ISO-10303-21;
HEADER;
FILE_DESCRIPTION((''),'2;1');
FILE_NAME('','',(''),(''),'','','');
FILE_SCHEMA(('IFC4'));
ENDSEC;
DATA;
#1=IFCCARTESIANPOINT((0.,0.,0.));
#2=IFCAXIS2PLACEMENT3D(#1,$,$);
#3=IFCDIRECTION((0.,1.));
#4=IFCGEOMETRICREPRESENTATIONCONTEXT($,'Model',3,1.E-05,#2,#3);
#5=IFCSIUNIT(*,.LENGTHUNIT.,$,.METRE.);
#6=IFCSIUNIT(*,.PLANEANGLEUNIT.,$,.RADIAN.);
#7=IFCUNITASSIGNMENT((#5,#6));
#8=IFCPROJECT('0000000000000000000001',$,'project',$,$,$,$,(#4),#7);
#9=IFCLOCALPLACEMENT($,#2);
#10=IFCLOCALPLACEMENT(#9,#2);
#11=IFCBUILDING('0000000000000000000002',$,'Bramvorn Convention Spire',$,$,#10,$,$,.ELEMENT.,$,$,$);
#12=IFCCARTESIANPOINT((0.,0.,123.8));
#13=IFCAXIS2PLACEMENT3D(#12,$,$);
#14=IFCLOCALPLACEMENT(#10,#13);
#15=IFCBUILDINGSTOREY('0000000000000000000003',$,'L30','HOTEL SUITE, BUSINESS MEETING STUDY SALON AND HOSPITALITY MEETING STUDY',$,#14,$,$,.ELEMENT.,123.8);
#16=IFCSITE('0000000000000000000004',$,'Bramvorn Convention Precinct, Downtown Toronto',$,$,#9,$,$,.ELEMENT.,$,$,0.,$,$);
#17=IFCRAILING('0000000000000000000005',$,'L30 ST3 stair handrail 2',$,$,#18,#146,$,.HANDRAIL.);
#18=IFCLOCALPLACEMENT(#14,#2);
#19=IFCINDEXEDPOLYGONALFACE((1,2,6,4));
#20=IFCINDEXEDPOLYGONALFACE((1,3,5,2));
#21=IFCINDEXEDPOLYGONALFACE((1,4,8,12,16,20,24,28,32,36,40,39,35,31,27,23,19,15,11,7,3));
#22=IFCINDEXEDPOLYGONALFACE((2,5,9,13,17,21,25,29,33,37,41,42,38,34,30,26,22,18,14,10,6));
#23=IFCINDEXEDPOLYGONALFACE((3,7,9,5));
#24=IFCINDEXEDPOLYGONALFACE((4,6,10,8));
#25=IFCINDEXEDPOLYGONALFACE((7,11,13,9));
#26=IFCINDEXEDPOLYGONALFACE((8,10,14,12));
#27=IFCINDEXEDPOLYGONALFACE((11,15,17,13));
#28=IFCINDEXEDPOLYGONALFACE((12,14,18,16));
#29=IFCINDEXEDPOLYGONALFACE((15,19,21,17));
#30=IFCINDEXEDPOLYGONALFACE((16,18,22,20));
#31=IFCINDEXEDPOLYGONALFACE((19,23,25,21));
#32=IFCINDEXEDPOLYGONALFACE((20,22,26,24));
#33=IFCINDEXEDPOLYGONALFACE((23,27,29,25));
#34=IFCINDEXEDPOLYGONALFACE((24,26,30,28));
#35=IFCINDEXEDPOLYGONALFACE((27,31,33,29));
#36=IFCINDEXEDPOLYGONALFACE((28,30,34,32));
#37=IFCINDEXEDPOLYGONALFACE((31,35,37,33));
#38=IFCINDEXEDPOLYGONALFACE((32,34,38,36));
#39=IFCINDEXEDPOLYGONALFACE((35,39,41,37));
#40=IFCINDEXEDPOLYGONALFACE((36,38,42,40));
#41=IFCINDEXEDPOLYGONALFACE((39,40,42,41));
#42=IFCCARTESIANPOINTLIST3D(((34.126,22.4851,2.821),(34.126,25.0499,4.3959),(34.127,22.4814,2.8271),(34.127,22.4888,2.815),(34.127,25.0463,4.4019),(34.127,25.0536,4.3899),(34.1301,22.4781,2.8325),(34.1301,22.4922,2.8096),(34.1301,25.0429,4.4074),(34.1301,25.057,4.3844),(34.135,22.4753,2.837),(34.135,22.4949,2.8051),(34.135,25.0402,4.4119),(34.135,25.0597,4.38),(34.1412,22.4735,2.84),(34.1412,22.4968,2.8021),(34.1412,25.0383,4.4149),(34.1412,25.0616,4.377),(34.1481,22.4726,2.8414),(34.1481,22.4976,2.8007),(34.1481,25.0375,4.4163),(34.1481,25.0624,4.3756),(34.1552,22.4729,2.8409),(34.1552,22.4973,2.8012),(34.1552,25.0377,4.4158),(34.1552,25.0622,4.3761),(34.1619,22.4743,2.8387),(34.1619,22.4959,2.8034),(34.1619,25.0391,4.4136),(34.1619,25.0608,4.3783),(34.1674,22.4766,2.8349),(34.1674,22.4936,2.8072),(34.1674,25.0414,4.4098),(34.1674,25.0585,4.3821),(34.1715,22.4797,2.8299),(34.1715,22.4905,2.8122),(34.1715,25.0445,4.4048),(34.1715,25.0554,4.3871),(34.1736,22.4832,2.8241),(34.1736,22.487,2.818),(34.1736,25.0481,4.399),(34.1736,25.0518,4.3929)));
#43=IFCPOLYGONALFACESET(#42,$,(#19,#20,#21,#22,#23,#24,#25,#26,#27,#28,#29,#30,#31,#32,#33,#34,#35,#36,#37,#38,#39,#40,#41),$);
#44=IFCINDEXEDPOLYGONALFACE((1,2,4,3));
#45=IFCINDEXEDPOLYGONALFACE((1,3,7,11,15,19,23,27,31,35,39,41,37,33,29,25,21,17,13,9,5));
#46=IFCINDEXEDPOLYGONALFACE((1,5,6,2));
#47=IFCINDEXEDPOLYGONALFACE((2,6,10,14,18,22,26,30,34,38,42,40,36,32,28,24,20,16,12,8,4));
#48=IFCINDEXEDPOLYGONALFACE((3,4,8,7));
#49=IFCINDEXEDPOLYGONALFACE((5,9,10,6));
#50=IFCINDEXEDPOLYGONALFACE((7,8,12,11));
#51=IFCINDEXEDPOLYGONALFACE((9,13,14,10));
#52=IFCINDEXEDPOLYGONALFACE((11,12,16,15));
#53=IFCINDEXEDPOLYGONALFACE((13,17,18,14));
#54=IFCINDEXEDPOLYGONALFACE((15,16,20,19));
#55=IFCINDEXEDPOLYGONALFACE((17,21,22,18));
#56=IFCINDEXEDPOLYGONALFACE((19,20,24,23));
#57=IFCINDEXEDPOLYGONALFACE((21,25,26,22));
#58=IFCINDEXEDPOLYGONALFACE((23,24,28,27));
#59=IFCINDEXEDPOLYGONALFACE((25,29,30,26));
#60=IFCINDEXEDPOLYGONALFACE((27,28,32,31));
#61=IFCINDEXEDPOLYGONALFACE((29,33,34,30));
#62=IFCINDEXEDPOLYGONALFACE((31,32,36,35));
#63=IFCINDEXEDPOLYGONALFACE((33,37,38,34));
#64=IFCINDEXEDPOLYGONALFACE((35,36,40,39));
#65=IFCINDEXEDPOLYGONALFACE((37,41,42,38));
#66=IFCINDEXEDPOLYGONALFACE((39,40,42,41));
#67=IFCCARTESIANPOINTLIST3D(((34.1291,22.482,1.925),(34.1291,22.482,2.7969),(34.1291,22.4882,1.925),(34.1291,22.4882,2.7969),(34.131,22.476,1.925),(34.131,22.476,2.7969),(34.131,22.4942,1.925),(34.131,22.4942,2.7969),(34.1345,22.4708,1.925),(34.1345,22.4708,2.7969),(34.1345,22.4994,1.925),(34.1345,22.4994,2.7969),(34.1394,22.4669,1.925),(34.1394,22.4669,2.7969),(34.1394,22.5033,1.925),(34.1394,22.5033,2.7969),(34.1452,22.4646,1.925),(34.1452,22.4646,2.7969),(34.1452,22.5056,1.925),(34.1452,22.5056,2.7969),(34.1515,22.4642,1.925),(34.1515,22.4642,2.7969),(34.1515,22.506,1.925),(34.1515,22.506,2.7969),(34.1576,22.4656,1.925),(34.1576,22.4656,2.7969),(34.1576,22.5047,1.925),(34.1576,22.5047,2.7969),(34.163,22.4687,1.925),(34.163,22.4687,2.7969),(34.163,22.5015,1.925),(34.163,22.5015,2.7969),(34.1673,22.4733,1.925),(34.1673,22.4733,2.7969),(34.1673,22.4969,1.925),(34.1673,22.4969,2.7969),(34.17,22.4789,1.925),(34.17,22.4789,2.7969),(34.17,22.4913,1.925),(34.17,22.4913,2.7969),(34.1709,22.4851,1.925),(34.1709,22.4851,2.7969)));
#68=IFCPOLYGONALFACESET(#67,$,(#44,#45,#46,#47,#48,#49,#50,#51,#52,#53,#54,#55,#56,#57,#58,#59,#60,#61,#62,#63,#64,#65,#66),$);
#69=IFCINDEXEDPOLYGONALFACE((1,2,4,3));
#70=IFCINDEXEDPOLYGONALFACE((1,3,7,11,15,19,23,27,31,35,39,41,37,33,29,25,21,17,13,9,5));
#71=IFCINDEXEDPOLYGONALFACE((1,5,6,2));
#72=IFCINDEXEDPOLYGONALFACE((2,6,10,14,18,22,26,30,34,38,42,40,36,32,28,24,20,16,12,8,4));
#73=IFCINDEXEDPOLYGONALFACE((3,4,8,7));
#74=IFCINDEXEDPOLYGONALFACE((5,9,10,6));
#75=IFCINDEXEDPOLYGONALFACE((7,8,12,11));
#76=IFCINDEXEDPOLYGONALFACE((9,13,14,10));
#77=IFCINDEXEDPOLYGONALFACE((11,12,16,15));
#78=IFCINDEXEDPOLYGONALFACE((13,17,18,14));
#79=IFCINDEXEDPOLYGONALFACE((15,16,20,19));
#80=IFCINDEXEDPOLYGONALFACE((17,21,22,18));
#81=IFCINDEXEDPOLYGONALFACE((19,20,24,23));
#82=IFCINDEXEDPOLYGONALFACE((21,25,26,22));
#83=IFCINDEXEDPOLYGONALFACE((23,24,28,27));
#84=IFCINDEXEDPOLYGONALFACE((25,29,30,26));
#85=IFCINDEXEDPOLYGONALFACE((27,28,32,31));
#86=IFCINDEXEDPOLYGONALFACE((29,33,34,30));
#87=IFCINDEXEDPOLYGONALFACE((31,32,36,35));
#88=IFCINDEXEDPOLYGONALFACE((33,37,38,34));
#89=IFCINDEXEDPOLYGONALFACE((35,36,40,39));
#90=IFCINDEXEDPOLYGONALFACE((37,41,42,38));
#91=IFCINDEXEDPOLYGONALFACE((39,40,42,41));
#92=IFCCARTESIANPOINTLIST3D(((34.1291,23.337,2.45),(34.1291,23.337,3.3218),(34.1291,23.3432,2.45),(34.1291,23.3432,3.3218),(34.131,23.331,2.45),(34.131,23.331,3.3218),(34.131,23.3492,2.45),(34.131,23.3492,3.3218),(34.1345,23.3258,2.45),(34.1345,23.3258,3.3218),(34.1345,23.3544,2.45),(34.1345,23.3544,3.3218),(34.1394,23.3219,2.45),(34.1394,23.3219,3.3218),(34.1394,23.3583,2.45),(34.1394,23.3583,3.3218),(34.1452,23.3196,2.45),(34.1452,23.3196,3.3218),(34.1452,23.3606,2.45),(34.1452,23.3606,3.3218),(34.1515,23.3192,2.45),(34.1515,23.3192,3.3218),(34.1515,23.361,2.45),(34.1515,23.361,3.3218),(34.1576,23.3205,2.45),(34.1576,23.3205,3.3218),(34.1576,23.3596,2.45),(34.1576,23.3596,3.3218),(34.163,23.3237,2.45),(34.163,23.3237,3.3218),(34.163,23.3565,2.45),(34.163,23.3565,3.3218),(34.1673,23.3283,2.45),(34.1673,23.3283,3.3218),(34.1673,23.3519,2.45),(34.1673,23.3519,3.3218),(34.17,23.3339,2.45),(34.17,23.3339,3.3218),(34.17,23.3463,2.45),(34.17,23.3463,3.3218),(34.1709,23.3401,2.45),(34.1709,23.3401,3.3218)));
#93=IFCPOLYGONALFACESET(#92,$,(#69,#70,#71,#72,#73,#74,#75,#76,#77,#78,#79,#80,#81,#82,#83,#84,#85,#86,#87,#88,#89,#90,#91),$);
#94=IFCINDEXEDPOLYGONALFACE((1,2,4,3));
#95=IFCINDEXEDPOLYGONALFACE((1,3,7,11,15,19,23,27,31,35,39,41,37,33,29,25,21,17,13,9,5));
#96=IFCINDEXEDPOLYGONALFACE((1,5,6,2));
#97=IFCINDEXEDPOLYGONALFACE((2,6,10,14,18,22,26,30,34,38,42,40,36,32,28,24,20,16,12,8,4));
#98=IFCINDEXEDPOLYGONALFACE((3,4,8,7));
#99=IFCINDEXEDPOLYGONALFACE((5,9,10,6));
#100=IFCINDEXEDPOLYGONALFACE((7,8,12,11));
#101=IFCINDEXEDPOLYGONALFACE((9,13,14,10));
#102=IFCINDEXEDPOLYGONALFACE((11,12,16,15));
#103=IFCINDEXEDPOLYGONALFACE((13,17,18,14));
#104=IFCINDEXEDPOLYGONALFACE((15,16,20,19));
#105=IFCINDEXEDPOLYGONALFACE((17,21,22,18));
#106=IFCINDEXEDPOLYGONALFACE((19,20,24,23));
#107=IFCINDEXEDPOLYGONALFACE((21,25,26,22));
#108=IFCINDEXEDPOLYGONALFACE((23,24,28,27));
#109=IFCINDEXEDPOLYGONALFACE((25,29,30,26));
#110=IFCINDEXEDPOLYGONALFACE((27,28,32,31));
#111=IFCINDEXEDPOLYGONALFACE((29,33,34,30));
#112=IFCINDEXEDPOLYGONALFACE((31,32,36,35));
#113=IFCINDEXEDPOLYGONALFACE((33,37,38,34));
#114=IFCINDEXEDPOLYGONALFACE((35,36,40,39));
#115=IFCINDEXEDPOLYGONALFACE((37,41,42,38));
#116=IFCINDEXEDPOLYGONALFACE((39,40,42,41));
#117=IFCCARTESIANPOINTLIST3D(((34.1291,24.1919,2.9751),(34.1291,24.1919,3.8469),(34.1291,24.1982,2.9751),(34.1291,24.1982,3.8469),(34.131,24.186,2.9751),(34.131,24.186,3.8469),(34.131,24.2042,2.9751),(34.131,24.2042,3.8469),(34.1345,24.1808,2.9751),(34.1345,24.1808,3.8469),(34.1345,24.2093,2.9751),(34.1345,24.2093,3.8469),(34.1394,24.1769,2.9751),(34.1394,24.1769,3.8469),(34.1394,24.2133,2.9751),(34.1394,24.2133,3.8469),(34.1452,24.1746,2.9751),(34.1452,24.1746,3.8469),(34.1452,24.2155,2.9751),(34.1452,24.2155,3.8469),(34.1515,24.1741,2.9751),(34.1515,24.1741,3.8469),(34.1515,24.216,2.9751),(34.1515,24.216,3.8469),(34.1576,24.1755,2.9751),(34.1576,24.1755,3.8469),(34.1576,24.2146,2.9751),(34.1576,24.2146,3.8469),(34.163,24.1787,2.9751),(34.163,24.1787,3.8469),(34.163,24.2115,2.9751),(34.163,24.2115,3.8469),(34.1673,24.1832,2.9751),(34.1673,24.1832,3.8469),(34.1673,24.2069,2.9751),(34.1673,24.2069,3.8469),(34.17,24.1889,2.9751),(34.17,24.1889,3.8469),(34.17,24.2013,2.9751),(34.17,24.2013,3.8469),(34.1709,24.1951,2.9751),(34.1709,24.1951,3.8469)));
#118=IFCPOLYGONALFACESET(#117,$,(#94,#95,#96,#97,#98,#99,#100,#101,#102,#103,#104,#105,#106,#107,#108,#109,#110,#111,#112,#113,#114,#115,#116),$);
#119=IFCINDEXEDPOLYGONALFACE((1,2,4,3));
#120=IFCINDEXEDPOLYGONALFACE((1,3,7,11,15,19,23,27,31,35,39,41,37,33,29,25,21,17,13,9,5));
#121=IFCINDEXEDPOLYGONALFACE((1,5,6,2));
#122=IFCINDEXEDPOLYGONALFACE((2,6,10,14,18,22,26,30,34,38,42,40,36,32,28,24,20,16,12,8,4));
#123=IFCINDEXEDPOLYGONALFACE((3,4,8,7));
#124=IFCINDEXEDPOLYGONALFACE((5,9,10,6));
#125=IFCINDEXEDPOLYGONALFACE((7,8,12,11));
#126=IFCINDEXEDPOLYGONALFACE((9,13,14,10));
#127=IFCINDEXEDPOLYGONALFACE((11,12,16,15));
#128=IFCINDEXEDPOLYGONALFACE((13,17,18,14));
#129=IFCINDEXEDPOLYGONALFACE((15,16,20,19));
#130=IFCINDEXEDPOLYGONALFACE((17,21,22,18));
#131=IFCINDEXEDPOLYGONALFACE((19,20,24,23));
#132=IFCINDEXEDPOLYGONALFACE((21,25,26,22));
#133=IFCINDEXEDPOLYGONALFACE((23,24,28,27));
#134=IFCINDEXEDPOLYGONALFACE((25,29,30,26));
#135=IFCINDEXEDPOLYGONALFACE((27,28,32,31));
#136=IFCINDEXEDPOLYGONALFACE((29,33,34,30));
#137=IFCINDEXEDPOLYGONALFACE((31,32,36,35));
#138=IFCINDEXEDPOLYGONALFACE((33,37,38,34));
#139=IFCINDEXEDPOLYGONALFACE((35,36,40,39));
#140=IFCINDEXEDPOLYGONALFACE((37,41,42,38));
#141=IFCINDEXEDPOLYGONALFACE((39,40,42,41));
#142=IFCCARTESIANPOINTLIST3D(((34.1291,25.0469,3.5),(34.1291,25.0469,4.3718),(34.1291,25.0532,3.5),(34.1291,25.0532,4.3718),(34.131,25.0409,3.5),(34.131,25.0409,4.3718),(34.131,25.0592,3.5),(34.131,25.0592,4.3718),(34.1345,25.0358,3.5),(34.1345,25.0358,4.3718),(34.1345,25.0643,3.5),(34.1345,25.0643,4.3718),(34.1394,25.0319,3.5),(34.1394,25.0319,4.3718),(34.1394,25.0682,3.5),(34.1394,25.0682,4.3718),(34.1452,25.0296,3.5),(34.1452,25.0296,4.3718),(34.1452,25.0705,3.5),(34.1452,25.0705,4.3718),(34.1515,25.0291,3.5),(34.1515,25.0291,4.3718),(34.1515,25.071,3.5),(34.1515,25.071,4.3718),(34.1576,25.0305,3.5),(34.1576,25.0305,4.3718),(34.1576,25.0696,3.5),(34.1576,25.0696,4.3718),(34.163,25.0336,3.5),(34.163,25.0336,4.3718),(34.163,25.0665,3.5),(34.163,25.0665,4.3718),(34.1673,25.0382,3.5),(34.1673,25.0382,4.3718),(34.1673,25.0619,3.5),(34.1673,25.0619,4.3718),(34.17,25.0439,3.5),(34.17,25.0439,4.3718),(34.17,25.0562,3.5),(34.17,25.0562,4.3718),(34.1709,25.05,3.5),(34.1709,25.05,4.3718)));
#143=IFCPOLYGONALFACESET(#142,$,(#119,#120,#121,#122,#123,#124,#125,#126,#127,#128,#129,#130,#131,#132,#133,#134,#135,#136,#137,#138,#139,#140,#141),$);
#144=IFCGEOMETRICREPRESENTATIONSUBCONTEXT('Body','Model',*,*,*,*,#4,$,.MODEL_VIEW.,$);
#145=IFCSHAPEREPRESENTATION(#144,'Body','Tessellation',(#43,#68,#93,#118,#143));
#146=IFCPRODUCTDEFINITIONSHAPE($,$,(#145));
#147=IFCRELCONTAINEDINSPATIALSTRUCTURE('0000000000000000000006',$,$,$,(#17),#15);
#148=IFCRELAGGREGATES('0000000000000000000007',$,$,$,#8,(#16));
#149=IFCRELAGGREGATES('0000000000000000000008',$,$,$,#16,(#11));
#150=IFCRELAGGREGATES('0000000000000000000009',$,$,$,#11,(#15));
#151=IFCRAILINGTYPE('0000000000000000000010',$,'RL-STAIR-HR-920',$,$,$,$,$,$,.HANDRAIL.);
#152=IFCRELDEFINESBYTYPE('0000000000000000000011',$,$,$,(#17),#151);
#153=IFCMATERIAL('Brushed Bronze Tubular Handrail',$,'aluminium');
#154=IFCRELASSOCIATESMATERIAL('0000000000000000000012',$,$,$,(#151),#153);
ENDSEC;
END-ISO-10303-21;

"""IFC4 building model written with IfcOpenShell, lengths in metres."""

from ifc_helpers import new_model, si_unit, direction, frame, origin, origin_2d, place, context, subcontext, project, spatial, circle, extrude, material, type_object, element, save


model = new_model("IFC4")

# Units and contexts
model_context = context("Model", 3, precision=1e-05, world=origin(), true_north=direction((0.0, 1.0)))
body_context = subcontext(model_context, "Body", "Model", "MODEL_VIEW")
ifc_project = project(units=[si_unit("LENGTHUNIT", "METRE"), si_unit("PLANEANGLEUNIT", "RADIAN")], contexts=[model_context])

# Site, building, storey
site_placement = place(None, origin())
site = spatial("IfcSite", under=ifc_project, at=site_placement, Name="Bramvorn Convention Precinct, Downtown Toronto", CompositionType="ELEMENT", RefElevation=0.0)
building_placement = place(site_placement, origin())
building = spatial("IfcBuilding", under=site, at=building_placement, Name="Bramvorn Convention Spire", CompositionType="ELEMENT")
storey_placement = place(building_placement, frame((0.0, 0.0, 123.8)))
storey = spatial("IfcBuildingStorey", under=building, at=storey_placement, Name="L30", Description="HOTEL SUITE, BUSINESS MEETING STUDY SALON AND HOSPITALITY MEETING STUDY", CompositionType="ELEMENT", Elevation=123.8)

# Railing
ifc_material_1 = material(Name="Brushed Bronze Tubular Handrail", Category="aluminium")
railing_type_1 = type_object("IfcRailingType", Name="RL-STAIR-HR-920", PredefinedType="HANDRAIL", material=ifc_material_1)
railing_1_placement = place(storey_placement, frame((34.1499, 22.4851, 1.925)))
element("IfcRailing", 1, at=railing_1_placement, inside=storey, type_object=railing_type_1, Name="L30 ST3 stair handrail 2", PredefinedType="HANDRAIL", context=body_context, shape_type="SweptSolid", body=[
    extrude(circle(Radius=0.0239, at=origin_2d()), frame((0.0, 0.0, 0.896), z_axis=(0.0, 0.852173, 0.52326), x_axis=(-1.0, 0.0, 0.0)), (0.0, 0.0, 1.0), 3.0098),
    extrude(circle(Radius=0.021, at=origin_2d()), origin(), (0.0, 0.0, 1.0), 0.8718),
    extrude(circle(Radius=0.021, at=origin_2d()), frame((0.0, 0.855, 0.5249)), (0.0, 0.0, 1.0), 0.8718),
    extrude(circle(Radius=0.021, at=origin_2d()), frame((0.0, 1.71, 1.05)), (0.0, 0.0, 1.0), 0.8718),
    extrude(circle(Radius=0.021, at=origin_2d()), frame((0.0, 2.5649, 1.575)), (0.0, 0.0, 1.0), 0.8718),
])

save(model, "model.ifc")
